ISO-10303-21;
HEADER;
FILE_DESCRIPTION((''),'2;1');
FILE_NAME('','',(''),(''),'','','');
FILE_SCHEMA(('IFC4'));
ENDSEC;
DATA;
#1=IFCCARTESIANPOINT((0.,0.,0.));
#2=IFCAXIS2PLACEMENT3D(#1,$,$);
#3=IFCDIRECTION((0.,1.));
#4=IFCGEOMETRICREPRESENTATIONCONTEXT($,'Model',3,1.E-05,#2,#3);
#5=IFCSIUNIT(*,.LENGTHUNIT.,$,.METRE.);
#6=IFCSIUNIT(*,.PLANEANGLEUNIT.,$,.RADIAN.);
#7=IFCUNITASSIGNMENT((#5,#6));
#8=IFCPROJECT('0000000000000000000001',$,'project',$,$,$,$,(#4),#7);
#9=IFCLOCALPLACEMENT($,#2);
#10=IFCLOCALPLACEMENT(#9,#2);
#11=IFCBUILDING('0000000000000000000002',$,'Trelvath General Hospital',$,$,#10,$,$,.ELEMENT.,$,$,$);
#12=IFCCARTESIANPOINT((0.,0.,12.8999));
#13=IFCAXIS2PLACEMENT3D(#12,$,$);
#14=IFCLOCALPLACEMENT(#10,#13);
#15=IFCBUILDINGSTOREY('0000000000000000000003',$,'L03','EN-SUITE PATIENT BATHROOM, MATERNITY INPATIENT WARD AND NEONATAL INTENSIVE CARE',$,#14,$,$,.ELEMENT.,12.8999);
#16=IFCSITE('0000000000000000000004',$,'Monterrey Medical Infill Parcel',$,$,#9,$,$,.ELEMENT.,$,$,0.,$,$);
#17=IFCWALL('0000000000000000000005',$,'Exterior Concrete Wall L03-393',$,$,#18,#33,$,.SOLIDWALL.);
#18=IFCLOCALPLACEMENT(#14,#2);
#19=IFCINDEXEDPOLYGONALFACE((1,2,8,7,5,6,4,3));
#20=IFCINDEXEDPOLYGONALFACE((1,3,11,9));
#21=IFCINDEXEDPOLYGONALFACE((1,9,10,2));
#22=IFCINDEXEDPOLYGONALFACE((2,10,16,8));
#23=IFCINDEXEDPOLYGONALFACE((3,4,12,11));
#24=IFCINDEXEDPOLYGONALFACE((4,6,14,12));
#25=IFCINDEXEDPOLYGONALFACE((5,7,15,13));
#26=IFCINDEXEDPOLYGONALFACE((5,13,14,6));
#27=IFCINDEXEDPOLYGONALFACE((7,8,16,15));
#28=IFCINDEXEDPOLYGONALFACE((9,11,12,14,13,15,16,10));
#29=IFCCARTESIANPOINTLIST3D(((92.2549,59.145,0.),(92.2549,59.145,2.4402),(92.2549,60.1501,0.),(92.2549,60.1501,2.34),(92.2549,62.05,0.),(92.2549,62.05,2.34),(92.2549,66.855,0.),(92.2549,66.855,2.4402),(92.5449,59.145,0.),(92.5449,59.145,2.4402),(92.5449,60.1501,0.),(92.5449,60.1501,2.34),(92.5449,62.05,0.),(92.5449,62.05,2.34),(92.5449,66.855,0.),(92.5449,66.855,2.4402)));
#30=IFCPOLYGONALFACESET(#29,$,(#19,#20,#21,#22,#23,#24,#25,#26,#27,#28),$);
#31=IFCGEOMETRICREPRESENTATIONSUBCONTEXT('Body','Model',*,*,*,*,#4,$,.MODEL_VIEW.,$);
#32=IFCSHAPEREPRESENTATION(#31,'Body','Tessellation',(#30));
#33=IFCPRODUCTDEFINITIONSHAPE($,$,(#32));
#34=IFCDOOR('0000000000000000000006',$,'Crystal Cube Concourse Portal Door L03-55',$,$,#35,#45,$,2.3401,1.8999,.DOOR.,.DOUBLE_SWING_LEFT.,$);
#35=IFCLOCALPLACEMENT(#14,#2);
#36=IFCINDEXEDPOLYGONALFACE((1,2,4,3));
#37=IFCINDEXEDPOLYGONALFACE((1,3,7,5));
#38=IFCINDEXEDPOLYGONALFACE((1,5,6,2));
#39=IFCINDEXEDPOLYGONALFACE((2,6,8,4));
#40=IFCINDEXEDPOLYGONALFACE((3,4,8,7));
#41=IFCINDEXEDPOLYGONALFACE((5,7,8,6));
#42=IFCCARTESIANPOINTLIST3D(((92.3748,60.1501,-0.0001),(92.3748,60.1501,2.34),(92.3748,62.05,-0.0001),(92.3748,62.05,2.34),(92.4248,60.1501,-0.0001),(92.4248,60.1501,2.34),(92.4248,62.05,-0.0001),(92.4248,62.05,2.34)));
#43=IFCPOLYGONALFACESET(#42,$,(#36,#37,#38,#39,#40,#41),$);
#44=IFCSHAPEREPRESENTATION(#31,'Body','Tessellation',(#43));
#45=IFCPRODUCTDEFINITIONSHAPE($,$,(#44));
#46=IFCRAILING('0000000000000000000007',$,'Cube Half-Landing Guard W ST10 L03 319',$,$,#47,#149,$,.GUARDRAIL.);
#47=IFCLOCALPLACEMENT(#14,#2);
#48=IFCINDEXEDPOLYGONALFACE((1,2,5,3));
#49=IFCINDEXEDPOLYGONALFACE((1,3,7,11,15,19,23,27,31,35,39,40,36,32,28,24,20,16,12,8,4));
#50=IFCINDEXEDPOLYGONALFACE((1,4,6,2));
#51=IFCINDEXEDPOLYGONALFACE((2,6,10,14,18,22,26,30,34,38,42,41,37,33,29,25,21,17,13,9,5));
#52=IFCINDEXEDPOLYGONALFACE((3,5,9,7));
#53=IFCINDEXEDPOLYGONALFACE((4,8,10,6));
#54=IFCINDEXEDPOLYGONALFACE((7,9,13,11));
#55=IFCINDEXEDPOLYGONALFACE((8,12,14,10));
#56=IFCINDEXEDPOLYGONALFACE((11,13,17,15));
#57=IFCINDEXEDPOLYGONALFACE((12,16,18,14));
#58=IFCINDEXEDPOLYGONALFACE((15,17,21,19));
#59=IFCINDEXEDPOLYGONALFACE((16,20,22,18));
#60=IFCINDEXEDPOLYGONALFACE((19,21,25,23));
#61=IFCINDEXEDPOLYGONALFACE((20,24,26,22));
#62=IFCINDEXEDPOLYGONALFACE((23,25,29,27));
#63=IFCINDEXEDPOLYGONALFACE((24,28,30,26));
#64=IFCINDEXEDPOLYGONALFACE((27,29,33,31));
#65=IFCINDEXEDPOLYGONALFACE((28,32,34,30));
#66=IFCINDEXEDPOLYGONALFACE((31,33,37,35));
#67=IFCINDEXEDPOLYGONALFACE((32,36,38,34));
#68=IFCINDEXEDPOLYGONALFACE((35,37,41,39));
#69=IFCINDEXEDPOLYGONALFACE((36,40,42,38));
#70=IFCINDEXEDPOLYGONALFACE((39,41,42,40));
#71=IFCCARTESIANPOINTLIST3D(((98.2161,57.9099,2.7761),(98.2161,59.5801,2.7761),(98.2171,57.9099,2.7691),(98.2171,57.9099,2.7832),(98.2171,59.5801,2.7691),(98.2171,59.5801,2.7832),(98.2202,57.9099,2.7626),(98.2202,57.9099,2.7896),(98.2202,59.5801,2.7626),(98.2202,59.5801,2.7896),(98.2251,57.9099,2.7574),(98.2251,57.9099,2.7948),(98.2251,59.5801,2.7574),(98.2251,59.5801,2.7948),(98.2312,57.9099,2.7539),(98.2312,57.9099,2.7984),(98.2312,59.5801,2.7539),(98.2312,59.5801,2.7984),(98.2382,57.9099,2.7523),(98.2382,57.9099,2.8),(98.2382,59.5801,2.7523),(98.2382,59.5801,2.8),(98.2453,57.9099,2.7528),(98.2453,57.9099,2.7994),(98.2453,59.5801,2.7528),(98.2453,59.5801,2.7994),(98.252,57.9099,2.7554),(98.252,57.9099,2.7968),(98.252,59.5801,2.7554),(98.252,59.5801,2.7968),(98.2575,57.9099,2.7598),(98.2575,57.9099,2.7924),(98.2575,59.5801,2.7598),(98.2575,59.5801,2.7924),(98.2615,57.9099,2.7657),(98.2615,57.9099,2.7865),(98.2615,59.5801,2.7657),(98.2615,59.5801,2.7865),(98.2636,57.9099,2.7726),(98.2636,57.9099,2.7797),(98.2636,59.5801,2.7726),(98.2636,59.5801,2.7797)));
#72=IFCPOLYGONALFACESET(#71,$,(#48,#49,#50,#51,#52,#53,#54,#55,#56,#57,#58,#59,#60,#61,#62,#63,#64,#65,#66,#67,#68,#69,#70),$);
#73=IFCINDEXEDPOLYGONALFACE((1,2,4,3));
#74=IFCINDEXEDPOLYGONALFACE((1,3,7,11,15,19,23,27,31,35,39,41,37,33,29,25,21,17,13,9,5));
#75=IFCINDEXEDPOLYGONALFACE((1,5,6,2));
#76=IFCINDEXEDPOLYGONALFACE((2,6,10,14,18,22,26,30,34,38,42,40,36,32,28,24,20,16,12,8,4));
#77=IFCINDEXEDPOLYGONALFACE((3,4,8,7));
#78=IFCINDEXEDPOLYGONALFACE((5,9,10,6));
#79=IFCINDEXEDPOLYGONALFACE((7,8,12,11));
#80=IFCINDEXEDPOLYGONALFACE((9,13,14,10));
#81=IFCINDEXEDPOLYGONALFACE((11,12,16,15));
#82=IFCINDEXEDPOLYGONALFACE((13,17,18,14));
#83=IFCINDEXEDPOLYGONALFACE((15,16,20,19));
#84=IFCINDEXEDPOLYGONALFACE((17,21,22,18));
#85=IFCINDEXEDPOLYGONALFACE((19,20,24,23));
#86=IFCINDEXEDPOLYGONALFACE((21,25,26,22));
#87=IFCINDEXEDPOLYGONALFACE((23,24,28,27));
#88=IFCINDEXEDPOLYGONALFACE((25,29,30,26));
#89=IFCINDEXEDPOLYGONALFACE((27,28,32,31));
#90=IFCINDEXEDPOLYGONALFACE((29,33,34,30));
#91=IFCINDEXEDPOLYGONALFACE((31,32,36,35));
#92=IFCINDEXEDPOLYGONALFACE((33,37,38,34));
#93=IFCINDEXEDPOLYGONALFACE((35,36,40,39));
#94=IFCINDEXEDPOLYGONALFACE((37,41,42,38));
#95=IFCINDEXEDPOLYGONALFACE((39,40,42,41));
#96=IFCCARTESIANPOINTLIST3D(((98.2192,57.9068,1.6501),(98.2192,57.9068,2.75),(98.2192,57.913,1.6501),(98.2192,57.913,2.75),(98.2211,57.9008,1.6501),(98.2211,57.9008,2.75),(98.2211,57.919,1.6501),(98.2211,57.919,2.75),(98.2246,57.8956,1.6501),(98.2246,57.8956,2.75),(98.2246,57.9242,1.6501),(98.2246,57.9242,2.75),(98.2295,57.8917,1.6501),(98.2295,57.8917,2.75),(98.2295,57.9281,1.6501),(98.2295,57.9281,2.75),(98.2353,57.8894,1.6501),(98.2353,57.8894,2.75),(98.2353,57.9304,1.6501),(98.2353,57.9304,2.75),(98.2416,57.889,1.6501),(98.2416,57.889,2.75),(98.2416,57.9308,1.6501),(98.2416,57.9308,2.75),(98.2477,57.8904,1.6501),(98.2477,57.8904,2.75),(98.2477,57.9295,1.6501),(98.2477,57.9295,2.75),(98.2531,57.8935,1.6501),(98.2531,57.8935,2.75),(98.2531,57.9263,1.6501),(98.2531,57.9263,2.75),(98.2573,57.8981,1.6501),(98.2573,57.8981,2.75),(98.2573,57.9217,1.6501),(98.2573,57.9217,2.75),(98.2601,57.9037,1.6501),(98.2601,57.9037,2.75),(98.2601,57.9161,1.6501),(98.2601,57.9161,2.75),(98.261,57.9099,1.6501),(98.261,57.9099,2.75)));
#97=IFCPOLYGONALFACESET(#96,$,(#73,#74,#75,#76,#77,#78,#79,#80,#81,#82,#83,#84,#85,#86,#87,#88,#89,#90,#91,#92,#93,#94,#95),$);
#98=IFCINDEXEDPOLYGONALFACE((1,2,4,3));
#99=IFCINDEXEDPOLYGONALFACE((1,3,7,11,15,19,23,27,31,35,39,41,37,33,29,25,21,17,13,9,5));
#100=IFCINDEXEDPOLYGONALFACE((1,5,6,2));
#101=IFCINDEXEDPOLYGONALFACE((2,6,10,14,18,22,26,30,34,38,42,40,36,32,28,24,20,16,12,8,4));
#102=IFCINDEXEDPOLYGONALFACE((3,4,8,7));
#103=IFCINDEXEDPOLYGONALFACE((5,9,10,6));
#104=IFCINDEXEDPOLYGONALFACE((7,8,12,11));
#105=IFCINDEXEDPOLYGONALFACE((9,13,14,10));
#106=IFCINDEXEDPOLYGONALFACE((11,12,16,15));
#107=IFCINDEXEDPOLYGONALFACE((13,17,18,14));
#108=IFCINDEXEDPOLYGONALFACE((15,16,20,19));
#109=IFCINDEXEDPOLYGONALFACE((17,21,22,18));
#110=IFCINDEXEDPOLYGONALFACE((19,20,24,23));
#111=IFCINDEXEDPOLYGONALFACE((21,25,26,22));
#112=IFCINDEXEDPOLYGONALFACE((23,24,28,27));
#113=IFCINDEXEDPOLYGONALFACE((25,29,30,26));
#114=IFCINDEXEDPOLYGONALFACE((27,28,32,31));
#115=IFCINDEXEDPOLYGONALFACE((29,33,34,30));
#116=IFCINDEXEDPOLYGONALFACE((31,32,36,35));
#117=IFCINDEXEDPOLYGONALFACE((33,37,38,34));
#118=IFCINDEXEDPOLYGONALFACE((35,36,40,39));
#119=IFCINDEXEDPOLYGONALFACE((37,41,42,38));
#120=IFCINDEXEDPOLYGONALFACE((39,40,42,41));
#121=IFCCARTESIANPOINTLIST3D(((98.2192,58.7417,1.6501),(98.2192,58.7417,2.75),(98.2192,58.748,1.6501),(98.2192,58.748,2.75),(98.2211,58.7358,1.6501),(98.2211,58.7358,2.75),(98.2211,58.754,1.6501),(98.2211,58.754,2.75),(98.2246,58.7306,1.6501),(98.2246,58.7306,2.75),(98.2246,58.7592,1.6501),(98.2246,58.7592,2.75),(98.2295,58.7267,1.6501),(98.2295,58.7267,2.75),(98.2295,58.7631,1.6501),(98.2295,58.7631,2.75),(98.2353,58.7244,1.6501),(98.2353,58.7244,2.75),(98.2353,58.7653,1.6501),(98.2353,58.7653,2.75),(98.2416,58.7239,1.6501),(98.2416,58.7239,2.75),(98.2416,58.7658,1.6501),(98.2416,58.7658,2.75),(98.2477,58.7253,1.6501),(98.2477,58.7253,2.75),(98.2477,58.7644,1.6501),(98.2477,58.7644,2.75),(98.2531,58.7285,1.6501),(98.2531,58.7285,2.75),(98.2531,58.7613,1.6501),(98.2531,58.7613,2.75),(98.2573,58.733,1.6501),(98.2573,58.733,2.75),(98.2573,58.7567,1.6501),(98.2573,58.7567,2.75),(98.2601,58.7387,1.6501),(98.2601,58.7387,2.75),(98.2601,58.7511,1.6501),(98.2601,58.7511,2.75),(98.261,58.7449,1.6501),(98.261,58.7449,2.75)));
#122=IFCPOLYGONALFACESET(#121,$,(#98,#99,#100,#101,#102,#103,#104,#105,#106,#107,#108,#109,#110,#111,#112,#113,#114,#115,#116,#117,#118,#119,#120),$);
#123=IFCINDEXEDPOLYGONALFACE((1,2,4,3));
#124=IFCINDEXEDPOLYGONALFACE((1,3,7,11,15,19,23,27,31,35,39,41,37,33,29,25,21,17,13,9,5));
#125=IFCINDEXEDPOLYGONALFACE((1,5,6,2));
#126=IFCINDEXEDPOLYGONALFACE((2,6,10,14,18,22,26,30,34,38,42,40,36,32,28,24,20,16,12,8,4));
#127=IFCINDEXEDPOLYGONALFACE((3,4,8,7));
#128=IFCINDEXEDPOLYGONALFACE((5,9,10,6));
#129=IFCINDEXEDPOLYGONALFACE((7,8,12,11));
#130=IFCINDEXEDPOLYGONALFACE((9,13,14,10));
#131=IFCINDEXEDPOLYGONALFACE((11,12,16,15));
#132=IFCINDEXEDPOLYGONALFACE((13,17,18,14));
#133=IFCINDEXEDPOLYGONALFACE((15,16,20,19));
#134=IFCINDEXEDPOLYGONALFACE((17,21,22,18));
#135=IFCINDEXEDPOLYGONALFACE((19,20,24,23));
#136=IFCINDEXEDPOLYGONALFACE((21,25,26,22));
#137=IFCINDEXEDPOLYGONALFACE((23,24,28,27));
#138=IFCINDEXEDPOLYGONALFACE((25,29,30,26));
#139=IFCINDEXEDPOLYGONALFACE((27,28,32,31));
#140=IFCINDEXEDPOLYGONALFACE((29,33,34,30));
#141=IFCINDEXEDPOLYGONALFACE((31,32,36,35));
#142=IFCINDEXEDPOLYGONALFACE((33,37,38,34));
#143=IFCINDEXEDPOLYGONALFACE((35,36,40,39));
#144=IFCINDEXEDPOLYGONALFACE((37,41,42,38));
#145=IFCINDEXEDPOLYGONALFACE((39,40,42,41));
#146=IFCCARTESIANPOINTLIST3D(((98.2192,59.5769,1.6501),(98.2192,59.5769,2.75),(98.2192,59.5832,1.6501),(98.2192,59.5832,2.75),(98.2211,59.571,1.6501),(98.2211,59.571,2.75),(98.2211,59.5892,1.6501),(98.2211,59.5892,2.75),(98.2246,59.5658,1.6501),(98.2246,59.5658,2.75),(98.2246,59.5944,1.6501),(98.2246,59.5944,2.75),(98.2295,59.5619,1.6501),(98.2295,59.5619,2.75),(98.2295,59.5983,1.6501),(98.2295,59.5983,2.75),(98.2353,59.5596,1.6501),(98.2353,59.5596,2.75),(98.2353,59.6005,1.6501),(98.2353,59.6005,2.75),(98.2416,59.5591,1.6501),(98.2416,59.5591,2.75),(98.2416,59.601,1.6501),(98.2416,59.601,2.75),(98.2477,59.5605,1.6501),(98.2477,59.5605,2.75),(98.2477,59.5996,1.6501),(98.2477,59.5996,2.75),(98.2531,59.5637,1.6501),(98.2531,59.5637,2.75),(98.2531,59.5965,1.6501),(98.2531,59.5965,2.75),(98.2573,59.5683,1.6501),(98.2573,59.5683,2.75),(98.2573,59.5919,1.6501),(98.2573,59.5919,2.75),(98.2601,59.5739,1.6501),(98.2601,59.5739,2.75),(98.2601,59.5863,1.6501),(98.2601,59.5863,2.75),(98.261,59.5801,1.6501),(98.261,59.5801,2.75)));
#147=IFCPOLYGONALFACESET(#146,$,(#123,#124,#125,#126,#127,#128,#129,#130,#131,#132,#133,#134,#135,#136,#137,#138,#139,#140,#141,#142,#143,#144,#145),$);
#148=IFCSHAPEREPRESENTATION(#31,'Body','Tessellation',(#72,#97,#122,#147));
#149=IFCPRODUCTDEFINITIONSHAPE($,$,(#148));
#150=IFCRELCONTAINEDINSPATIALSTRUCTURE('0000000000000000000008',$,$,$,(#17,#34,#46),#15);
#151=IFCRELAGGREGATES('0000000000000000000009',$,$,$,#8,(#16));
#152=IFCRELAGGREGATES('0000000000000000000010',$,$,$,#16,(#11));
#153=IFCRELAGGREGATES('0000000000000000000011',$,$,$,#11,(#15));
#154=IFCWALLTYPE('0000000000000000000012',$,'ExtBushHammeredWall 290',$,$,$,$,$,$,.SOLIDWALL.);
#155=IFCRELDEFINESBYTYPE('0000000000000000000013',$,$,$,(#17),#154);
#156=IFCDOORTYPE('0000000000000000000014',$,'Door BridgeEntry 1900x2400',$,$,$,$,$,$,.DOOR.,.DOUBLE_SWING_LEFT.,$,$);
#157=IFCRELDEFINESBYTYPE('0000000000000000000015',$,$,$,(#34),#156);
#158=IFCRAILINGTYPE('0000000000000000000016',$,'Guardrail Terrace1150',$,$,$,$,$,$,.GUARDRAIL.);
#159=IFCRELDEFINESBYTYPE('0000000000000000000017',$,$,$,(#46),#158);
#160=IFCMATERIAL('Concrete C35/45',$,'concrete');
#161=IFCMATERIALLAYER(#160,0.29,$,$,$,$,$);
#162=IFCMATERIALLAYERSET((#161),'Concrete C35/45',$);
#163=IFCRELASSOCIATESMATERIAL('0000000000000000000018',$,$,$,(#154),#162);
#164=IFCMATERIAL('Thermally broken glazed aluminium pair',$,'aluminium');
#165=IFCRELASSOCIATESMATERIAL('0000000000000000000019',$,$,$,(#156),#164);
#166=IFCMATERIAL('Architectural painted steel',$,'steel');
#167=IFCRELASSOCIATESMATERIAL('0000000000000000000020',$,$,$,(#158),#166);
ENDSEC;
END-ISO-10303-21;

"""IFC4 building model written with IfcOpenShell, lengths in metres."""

from ifc_helpers import new_model, si_unit, direction, frame, frame_2d, origin, origin_2d, place, context, subcontext, project, spatial, rectangle, circle, extrude, material, layer, layer_set, type_object, element, fill, save


model = new_model("IFC4")

# Units and contexts
model_context = context("Model", 3, precision=1e-05, world=origin(), true_north=direction((0.0, 1.0)))
body_context = subcontext(model_context, "Body", "Model", "MODEL_VIEW")
ifc_project = project(units=[si_unit("LENGTHUNIT", "METRE"), si_unit("PLANEANGLEUNIT", "RADIAN")], contexts=[model_context])

# Site, building, storey
site_placement = place(None, origin())
site = spatial("IfcSite", under=ifc_project, at=site_placement, Name="Monterrey Medical Infill Parcel", CompositionType="ELEMENT", RefElevation=0.0)
building_placement = place(site_placement, origin())
building = spatial("IfcBuilding", under=site, at=building_placement, Name="Trelvath General Hospital", CompositionType="ELEMENT")
storey_placement = place(building_placement, frame((0.0, 0.0, 12.8999)))
storey = spatial("IfcBuildingStorey", under=building, at=storey_placement, Name="L03", Description="EN-SUITE PATIENT BATHROOM, MATERNITY INPATIENT WARD AND NEONATAL INTENSIVE CARE", CompositionType="ELEMENT", Elevation=12.8999)

# Shared definitions
ifc_material_1 = material(Name="Concrete C35/45", Category="concrete")
ifc_layer_1 = layer(ifc_material_1, 0.29)
ifc_layer_set_1 = layer_set([ifc_layer_1], Name="Concrete C35/45")
wall_type_1 = type_object("IfcWallType", Name="ExtBushHammeredWall 290", PredefinedType="SOLIDWALL", material=ifc_layer_set_1)

# Wall, opening, door
wall_1_placement = place(storey_placement, frame((92.3999, 66.855, 0.0), z_axis=(0.0, 0.0, 1.0), x_axis=(0.0, -1.0, 0.0)))
wall_1 = element("IfcWall", 1, at=wall_1_placement, inside=storey, type_object=wall_type_1, Name="Exterior Concrete Wall L03-393", PredefinedType="SOLIDWALL", context=body_context, shape_type="SweptSolid", body=[
    extrude(rectangle(XDim=7.71, YDim=0.29, at=frame_2d((3.855, 0.0))), origin(), (0.0, 0.0, 1.0), 2.4402),
])
opening_1_placement = place(wall_1_placement, frame((4.8049, 0.0, 0.0)))
opening_1 = element("IfcOpeningElement", 2, at=opening_1_placement, cuts=wall_1, PredefinedType="OPENING", context=body_context, shape_type="SweptSolid", body=[
    extrude(rectangle(XDim=1.8999, YDim=2.3401, at=frame_2d((0.95, 1.1699))), frame((0.0, 0.155, 0.0), z_axis=(0.0, -1.0, 0.0), x_axis=(1.0, 0.0, 0.0)), (0.0, 0.0, 1.0), 0.3101),
])
ifc_material_2 = material(Name="Thermally broken glazed aluminium pair", Category="aluminium")
door_type_1 = type_object("IfcDoorType", Name="Door BridgeEntry 1900x2400", OperationType="DOUBLE_SWING_LEFT", PredefinedType="DOOR", material=ifc_material_2)
door_1_placement = place(opening_1_placement, origin())
door_1 = element("IfcDoor", 3, at=door_1_placement, inside=storey, type_object=door_type_1, Name="Crystal Cube Concourse Portal Door L03-55", OperationType="DOUBLE_SWING_LEFT", OverallHeight=2.3401, OverallWidth=1.8999, PredefinedType="DOOR", context=body_context, shape_type="SweptSolid", body=[
    extrude(rectangle(XDim=1.8999, YDim=2.3401, at=frame_2d((0.95, 1.1699))), frame((0.0, 0.0249, 0.0), z_axis=(0.0, -1.0, 0.0), x_axis=(1.0, 0.0, 0.0)), (0.0, 0.0, 1.0), 0.05),
])
fill(opening_1, door_1)

# Railing
ifc_material_3 = material(Name="Architectural painted steel", Category="steel")
railing_type = type_object("IfcRailingType", Name="Guardrail Terrace1150", PredefinedType="GUARDRAIL", material=ifc_material_3)
railing_1_placement = place(storey_placement, frame((98.24, 57.9099, 1.6501)))
element("IfcRailing", 4, at=railing_1_placement, inside=storey, type_object=railing_type, Name="Cube Half-Landing Guard W ST10 L03 319", PredefinedType="GUARDRAIL", context=body_context, shape_type="SweptSolid", body=[
    extrude(circle(Radius=0.0239, at=origin_2d()), frame((0.0, 0.0, 1.126), z_axis=(0.0, 1.0, 0.0), x_axis=(-1.0, 0.0, 0.0)), (0.0, 0.0, 1.0), 1.6702),
    extrude(circle(Radius=0.021, at=origin_2d()), origin(), (0.0, 0.0, 1.0), 1.0999),
    extrude(circle(Radius=0.021, at=origin_2d()), frame((0.0, 0.835, 0.0)), (0.0, 0.0, 1.0), 1.0999),
    extrude(circle(Radius=0.021, at=origin_2d()), frame((0.0, 1.6702, 0.0)), (0.0, 0.0, 1.0), 1.0999),
])

save(model, "model.ifc")
